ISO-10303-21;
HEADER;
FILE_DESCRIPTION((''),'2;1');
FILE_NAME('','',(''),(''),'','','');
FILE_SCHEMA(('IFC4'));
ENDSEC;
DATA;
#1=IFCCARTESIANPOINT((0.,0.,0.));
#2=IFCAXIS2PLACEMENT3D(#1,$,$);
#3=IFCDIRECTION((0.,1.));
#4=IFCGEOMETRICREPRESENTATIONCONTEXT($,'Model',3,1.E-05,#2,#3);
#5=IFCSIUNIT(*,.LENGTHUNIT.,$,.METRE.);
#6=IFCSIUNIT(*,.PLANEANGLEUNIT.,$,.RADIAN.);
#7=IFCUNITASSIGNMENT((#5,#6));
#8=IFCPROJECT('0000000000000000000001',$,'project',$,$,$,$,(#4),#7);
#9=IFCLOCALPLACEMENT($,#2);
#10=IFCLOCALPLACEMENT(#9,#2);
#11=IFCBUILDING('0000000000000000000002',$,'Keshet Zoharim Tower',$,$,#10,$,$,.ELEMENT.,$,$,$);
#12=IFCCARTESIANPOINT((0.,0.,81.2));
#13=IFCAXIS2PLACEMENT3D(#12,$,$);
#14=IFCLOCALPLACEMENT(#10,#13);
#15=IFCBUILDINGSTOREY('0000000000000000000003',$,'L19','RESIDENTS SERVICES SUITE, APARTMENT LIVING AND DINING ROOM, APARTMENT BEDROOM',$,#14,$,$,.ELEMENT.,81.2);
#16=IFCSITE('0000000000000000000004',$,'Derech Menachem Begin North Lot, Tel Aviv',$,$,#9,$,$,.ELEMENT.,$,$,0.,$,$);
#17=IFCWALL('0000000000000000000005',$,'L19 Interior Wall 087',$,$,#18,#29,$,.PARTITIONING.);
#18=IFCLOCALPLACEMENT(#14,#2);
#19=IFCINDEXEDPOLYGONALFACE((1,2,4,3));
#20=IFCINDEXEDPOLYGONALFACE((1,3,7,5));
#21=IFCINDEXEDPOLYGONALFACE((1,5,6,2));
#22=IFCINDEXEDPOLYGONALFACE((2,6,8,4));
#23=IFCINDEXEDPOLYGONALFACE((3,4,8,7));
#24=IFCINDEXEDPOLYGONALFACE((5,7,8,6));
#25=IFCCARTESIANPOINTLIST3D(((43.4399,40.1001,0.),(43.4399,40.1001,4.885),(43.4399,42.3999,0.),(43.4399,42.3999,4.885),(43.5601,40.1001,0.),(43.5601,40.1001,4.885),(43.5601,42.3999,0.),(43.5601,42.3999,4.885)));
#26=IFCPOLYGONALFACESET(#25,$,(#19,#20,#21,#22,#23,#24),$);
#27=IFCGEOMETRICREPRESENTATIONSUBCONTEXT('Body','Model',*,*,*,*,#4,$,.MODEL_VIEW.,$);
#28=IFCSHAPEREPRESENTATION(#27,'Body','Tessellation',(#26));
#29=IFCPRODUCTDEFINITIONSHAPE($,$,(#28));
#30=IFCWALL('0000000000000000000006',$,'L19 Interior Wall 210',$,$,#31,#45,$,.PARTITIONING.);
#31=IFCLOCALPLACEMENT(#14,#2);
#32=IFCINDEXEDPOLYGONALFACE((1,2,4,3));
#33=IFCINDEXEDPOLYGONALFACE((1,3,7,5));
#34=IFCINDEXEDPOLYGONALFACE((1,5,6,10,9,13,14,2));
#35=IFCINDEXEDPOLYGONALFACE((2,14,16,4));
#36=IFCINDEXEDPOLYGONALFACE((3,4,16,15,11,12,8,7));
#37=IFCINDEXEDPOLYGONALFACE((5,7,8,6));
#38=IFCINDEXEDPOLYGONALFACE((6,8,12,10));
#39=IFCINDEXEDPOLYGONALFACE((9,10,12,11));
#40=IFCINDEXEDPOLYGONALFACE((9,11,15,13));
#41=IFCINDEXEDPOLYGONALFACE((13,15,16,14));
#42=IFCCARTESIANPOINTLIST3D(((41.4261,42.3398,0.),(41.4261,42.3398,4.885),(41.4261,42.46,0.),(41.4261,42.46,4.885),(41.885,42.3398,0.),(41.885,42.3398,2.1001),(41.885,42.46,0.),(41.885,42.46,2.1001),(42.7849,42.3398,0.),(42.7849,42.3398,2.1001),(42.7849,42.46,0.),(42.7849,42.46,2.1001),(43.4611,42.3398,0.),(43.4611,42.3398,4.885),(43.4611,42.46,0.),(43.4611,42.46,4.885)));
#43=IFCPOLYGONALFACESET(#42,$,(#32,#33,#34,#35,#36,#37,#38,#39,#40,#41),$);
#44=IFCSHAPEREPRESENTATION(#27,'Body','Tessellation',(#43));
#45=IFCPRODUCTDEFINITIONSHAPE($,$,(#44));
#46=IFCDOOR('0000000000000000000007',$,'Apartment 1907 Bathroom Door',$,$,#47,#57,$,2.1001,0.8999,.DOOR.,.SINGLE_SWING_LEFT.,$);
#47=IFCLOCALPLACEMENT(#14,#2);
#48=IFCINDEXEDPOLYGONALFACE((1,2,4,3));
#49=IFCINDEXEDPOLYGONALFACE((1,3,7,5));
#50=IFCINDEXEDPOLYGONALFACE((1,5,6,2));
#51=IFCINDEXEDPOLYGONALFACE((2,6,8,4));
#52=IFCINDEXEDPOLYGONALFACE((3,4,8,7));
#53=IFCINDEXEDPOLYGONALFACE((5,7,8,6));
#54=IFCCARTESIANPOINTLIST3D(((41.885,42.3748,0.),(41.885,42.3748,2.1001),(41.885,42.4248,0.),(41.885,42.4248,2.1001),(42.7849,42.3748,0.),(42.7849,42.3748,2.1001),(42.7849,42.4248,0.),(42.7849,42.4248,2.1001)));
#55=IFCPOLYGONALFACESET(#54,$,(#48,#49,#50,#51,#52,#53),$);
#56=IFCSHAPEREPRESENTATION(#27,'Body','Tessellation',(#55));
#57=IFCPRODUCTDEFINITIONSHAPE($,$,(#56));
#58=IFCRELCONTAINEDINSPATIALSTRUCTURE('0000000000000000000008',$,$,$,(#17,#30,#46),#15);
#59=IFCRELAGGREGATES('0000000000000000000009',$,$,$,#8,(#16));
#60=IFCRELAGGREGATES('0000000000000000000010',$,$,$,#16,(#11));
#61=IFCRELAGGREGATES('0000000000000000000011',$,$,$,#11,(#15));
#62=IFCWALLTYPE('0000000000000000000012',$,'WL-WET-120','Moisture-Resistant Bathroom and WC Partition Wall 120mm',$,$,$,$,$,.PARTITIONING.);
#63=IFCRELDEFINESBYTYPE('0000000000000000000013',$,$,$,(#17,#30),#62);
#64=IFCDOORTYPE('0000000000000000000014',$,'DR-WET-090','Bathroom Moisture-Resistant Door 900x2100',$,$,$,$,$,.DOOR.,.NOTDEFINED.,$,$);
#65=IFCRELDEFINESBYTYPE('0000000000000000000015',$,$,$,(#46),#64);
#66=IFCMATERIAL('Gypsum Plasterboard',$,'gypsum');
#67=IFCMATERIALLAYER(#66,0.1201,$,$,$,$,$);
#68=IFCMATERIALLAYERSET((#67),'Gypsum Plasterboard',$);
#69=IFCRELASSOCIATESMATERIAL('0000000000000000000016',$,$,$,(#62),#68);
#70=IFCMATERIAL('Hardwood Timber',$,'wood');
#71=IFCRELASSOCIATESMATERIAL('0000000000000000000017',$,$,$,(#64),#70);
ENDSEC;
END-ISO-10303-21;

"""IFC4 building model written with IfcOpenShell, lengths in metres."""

from ifc_helpers import new_model, si_unit, direction, frame, frame_2d, origin, place, context, subcontext, project, spatial, rectangle, extrude, material, layer, layer_set, type_object, element, fill, save


model = new_model("IFC4")

# Units and contexts
model_context = context("Model", 3, precision=1e-05, world=origin(), true_north=direction((0.0, 1.0)))
body_context = subcontext(model_context, "Body", "Model", "MODEL_VIEW")
ifc_project = project(units=[si_unit("LENGTHUNIT", "METRE"), si_unit("PLANEANGLEUNIT", "RADIAN")], contexts=[model_context])

# Site, building, storey
site_placement = place(None, origin())
site = spatial("IfcSite", under=ifc_project, at=site_placement, Name="Derech Menachem Begin North Lot, Tel Aviv", CompositionType="ELEMENT", RefElevation=0.0)
building_placement = place(site_placement, origin())
building = spatial("IfcBuilding", under=site, at=building_placement, Name="Keshet Zoharim Tower", CompositionType="ELEMENT")
storey_placement = place(building_placement, frame((0.0, 0.0, 81.2)))
storey = spatial("IfcBuildingStorey", under=building, at=storey_placement, Name="L19", Description="RESIDENTS SERVICES SUITE, APARTMENT LIVING AND DINING ROOM, APARTMENT BEDROOM", CompositionType="ELEMENT", Elevation=81.2)

# Shared definitions
ifc_material_1 = material(Name="Gypsum Plasterboard", Category="gypsum")

# Shared definitions
ifc_material_2 = material(Name="Hardwood Timber", Category="wood")

# Wall
ifc_layer_1 = layer(ifc_material_1, 0.1201)
ifc_layer_set_1 = layer_set([ifc_layer_1], Name="Gypsum Plasterboard")
wall_type_1 = type_object("IfcWallType", Name="WL-WET-120", Description="Moisture-Resistant Bathroom and WC Partition Wall 120mm", PredefinedType="PARTITIONING", material=ifc_layer_set_1)
wall_1_placement = place(storey_placement, frame((43.5, 40.1001, 0.0), z_axis=(0.0, 0.0, 1.0), x_axis=(0.0, 1.0, 0.0)))
element("IfcWall", 1, at=wall_1_placement, inside=storey, type_object=wall_type_1, Name="L19 Interior Wall 087", PredefinedType="PARTITIONING", context=body_context, shape_type="SweptSolid", body=[
    extrude(rectangle(XDim=2.2998, YDim=0.1201, at=frame_2d((1.1499, 0.0))), origin(), (0.0, 0.0, 1.0), 4.885),
])

# Wall, opening, door
wall_2_placement = place(storey_placement, frame((41.426, 42.3999, 0.0), z_axis=(0.0, 0.0, 1.0), x_axis=(1.0, 0.0, 0.0)))
wall_2 = element("IfcWall", 2, at=wall_2_placement, inside=storey, type_object=wall_type_1, Name="L19 Interior Wall 210", PredefinedType="PARTITIONING", context=body_context, shape_type="SweptSolid", body=[
    extrude(rectangle(XDim=2.0349, YDim=0.1201, at=frame_2d((1.0176, 0.0))), origin(), (0.0, 0.0, 1.0), 4.885),
])
opening_1_placement = place(wall_2_placement, frame((0.459, 0.0, 0.0)))
opening_1 = element("IfcOpeningElement", 3, at=opening_1_placement, cuts=wall_2, PredefinedType="OPENING", context=body_context, shape_type="SweptSolid", body=[
    extrude(rectangle(XDim=0.8999, YDim=2.1001, at=frame_2d((0.45, 1.05))), frame((0.0, 0.0701, 0.0), z_axis=(0.0, -1.0, 0.0), x_axis=(1.0, 0.0, 0.0)), (0.0, 0.0, 1.0), 0.1401),
])
door_type_1 = type_object("IfcDoorType", Name="DR-WET-090", Description="Bathroom Moisture-Resistant Door 900x2100", OperationType="NOTDEFINED", PredefinedType="DOOR", material=ifc_material_2)
door_1_placement = place(opening_1_placement, origin())
door_1 = element("IfcDoor", 4, at=door_1_placement, inside=storey, type_object=door_type_1, Name="Apartment 1907 Bathroom Door", OperationType="SINGLE_SWING_LEFT", OverallHeight=2.1001, OverallWidth=0.8999, PredefinedType="DOOR", context=body_context, shape_type="SweptSolid", body=[
    extrude(rectangle(XDim=0.8999, YDim=2.1001, at=frame_2d((0.45, 1.05))), frame((0.0, 0.0249, 0.0), z_axis=(0.0, -1.0, 0.0), x_axis=(1.0, 0.0, 0.0)), (0.0, 0.0, 1.0), 0.05),
])
fill(opening_1, door_1)

save(model, "model.ifc")
